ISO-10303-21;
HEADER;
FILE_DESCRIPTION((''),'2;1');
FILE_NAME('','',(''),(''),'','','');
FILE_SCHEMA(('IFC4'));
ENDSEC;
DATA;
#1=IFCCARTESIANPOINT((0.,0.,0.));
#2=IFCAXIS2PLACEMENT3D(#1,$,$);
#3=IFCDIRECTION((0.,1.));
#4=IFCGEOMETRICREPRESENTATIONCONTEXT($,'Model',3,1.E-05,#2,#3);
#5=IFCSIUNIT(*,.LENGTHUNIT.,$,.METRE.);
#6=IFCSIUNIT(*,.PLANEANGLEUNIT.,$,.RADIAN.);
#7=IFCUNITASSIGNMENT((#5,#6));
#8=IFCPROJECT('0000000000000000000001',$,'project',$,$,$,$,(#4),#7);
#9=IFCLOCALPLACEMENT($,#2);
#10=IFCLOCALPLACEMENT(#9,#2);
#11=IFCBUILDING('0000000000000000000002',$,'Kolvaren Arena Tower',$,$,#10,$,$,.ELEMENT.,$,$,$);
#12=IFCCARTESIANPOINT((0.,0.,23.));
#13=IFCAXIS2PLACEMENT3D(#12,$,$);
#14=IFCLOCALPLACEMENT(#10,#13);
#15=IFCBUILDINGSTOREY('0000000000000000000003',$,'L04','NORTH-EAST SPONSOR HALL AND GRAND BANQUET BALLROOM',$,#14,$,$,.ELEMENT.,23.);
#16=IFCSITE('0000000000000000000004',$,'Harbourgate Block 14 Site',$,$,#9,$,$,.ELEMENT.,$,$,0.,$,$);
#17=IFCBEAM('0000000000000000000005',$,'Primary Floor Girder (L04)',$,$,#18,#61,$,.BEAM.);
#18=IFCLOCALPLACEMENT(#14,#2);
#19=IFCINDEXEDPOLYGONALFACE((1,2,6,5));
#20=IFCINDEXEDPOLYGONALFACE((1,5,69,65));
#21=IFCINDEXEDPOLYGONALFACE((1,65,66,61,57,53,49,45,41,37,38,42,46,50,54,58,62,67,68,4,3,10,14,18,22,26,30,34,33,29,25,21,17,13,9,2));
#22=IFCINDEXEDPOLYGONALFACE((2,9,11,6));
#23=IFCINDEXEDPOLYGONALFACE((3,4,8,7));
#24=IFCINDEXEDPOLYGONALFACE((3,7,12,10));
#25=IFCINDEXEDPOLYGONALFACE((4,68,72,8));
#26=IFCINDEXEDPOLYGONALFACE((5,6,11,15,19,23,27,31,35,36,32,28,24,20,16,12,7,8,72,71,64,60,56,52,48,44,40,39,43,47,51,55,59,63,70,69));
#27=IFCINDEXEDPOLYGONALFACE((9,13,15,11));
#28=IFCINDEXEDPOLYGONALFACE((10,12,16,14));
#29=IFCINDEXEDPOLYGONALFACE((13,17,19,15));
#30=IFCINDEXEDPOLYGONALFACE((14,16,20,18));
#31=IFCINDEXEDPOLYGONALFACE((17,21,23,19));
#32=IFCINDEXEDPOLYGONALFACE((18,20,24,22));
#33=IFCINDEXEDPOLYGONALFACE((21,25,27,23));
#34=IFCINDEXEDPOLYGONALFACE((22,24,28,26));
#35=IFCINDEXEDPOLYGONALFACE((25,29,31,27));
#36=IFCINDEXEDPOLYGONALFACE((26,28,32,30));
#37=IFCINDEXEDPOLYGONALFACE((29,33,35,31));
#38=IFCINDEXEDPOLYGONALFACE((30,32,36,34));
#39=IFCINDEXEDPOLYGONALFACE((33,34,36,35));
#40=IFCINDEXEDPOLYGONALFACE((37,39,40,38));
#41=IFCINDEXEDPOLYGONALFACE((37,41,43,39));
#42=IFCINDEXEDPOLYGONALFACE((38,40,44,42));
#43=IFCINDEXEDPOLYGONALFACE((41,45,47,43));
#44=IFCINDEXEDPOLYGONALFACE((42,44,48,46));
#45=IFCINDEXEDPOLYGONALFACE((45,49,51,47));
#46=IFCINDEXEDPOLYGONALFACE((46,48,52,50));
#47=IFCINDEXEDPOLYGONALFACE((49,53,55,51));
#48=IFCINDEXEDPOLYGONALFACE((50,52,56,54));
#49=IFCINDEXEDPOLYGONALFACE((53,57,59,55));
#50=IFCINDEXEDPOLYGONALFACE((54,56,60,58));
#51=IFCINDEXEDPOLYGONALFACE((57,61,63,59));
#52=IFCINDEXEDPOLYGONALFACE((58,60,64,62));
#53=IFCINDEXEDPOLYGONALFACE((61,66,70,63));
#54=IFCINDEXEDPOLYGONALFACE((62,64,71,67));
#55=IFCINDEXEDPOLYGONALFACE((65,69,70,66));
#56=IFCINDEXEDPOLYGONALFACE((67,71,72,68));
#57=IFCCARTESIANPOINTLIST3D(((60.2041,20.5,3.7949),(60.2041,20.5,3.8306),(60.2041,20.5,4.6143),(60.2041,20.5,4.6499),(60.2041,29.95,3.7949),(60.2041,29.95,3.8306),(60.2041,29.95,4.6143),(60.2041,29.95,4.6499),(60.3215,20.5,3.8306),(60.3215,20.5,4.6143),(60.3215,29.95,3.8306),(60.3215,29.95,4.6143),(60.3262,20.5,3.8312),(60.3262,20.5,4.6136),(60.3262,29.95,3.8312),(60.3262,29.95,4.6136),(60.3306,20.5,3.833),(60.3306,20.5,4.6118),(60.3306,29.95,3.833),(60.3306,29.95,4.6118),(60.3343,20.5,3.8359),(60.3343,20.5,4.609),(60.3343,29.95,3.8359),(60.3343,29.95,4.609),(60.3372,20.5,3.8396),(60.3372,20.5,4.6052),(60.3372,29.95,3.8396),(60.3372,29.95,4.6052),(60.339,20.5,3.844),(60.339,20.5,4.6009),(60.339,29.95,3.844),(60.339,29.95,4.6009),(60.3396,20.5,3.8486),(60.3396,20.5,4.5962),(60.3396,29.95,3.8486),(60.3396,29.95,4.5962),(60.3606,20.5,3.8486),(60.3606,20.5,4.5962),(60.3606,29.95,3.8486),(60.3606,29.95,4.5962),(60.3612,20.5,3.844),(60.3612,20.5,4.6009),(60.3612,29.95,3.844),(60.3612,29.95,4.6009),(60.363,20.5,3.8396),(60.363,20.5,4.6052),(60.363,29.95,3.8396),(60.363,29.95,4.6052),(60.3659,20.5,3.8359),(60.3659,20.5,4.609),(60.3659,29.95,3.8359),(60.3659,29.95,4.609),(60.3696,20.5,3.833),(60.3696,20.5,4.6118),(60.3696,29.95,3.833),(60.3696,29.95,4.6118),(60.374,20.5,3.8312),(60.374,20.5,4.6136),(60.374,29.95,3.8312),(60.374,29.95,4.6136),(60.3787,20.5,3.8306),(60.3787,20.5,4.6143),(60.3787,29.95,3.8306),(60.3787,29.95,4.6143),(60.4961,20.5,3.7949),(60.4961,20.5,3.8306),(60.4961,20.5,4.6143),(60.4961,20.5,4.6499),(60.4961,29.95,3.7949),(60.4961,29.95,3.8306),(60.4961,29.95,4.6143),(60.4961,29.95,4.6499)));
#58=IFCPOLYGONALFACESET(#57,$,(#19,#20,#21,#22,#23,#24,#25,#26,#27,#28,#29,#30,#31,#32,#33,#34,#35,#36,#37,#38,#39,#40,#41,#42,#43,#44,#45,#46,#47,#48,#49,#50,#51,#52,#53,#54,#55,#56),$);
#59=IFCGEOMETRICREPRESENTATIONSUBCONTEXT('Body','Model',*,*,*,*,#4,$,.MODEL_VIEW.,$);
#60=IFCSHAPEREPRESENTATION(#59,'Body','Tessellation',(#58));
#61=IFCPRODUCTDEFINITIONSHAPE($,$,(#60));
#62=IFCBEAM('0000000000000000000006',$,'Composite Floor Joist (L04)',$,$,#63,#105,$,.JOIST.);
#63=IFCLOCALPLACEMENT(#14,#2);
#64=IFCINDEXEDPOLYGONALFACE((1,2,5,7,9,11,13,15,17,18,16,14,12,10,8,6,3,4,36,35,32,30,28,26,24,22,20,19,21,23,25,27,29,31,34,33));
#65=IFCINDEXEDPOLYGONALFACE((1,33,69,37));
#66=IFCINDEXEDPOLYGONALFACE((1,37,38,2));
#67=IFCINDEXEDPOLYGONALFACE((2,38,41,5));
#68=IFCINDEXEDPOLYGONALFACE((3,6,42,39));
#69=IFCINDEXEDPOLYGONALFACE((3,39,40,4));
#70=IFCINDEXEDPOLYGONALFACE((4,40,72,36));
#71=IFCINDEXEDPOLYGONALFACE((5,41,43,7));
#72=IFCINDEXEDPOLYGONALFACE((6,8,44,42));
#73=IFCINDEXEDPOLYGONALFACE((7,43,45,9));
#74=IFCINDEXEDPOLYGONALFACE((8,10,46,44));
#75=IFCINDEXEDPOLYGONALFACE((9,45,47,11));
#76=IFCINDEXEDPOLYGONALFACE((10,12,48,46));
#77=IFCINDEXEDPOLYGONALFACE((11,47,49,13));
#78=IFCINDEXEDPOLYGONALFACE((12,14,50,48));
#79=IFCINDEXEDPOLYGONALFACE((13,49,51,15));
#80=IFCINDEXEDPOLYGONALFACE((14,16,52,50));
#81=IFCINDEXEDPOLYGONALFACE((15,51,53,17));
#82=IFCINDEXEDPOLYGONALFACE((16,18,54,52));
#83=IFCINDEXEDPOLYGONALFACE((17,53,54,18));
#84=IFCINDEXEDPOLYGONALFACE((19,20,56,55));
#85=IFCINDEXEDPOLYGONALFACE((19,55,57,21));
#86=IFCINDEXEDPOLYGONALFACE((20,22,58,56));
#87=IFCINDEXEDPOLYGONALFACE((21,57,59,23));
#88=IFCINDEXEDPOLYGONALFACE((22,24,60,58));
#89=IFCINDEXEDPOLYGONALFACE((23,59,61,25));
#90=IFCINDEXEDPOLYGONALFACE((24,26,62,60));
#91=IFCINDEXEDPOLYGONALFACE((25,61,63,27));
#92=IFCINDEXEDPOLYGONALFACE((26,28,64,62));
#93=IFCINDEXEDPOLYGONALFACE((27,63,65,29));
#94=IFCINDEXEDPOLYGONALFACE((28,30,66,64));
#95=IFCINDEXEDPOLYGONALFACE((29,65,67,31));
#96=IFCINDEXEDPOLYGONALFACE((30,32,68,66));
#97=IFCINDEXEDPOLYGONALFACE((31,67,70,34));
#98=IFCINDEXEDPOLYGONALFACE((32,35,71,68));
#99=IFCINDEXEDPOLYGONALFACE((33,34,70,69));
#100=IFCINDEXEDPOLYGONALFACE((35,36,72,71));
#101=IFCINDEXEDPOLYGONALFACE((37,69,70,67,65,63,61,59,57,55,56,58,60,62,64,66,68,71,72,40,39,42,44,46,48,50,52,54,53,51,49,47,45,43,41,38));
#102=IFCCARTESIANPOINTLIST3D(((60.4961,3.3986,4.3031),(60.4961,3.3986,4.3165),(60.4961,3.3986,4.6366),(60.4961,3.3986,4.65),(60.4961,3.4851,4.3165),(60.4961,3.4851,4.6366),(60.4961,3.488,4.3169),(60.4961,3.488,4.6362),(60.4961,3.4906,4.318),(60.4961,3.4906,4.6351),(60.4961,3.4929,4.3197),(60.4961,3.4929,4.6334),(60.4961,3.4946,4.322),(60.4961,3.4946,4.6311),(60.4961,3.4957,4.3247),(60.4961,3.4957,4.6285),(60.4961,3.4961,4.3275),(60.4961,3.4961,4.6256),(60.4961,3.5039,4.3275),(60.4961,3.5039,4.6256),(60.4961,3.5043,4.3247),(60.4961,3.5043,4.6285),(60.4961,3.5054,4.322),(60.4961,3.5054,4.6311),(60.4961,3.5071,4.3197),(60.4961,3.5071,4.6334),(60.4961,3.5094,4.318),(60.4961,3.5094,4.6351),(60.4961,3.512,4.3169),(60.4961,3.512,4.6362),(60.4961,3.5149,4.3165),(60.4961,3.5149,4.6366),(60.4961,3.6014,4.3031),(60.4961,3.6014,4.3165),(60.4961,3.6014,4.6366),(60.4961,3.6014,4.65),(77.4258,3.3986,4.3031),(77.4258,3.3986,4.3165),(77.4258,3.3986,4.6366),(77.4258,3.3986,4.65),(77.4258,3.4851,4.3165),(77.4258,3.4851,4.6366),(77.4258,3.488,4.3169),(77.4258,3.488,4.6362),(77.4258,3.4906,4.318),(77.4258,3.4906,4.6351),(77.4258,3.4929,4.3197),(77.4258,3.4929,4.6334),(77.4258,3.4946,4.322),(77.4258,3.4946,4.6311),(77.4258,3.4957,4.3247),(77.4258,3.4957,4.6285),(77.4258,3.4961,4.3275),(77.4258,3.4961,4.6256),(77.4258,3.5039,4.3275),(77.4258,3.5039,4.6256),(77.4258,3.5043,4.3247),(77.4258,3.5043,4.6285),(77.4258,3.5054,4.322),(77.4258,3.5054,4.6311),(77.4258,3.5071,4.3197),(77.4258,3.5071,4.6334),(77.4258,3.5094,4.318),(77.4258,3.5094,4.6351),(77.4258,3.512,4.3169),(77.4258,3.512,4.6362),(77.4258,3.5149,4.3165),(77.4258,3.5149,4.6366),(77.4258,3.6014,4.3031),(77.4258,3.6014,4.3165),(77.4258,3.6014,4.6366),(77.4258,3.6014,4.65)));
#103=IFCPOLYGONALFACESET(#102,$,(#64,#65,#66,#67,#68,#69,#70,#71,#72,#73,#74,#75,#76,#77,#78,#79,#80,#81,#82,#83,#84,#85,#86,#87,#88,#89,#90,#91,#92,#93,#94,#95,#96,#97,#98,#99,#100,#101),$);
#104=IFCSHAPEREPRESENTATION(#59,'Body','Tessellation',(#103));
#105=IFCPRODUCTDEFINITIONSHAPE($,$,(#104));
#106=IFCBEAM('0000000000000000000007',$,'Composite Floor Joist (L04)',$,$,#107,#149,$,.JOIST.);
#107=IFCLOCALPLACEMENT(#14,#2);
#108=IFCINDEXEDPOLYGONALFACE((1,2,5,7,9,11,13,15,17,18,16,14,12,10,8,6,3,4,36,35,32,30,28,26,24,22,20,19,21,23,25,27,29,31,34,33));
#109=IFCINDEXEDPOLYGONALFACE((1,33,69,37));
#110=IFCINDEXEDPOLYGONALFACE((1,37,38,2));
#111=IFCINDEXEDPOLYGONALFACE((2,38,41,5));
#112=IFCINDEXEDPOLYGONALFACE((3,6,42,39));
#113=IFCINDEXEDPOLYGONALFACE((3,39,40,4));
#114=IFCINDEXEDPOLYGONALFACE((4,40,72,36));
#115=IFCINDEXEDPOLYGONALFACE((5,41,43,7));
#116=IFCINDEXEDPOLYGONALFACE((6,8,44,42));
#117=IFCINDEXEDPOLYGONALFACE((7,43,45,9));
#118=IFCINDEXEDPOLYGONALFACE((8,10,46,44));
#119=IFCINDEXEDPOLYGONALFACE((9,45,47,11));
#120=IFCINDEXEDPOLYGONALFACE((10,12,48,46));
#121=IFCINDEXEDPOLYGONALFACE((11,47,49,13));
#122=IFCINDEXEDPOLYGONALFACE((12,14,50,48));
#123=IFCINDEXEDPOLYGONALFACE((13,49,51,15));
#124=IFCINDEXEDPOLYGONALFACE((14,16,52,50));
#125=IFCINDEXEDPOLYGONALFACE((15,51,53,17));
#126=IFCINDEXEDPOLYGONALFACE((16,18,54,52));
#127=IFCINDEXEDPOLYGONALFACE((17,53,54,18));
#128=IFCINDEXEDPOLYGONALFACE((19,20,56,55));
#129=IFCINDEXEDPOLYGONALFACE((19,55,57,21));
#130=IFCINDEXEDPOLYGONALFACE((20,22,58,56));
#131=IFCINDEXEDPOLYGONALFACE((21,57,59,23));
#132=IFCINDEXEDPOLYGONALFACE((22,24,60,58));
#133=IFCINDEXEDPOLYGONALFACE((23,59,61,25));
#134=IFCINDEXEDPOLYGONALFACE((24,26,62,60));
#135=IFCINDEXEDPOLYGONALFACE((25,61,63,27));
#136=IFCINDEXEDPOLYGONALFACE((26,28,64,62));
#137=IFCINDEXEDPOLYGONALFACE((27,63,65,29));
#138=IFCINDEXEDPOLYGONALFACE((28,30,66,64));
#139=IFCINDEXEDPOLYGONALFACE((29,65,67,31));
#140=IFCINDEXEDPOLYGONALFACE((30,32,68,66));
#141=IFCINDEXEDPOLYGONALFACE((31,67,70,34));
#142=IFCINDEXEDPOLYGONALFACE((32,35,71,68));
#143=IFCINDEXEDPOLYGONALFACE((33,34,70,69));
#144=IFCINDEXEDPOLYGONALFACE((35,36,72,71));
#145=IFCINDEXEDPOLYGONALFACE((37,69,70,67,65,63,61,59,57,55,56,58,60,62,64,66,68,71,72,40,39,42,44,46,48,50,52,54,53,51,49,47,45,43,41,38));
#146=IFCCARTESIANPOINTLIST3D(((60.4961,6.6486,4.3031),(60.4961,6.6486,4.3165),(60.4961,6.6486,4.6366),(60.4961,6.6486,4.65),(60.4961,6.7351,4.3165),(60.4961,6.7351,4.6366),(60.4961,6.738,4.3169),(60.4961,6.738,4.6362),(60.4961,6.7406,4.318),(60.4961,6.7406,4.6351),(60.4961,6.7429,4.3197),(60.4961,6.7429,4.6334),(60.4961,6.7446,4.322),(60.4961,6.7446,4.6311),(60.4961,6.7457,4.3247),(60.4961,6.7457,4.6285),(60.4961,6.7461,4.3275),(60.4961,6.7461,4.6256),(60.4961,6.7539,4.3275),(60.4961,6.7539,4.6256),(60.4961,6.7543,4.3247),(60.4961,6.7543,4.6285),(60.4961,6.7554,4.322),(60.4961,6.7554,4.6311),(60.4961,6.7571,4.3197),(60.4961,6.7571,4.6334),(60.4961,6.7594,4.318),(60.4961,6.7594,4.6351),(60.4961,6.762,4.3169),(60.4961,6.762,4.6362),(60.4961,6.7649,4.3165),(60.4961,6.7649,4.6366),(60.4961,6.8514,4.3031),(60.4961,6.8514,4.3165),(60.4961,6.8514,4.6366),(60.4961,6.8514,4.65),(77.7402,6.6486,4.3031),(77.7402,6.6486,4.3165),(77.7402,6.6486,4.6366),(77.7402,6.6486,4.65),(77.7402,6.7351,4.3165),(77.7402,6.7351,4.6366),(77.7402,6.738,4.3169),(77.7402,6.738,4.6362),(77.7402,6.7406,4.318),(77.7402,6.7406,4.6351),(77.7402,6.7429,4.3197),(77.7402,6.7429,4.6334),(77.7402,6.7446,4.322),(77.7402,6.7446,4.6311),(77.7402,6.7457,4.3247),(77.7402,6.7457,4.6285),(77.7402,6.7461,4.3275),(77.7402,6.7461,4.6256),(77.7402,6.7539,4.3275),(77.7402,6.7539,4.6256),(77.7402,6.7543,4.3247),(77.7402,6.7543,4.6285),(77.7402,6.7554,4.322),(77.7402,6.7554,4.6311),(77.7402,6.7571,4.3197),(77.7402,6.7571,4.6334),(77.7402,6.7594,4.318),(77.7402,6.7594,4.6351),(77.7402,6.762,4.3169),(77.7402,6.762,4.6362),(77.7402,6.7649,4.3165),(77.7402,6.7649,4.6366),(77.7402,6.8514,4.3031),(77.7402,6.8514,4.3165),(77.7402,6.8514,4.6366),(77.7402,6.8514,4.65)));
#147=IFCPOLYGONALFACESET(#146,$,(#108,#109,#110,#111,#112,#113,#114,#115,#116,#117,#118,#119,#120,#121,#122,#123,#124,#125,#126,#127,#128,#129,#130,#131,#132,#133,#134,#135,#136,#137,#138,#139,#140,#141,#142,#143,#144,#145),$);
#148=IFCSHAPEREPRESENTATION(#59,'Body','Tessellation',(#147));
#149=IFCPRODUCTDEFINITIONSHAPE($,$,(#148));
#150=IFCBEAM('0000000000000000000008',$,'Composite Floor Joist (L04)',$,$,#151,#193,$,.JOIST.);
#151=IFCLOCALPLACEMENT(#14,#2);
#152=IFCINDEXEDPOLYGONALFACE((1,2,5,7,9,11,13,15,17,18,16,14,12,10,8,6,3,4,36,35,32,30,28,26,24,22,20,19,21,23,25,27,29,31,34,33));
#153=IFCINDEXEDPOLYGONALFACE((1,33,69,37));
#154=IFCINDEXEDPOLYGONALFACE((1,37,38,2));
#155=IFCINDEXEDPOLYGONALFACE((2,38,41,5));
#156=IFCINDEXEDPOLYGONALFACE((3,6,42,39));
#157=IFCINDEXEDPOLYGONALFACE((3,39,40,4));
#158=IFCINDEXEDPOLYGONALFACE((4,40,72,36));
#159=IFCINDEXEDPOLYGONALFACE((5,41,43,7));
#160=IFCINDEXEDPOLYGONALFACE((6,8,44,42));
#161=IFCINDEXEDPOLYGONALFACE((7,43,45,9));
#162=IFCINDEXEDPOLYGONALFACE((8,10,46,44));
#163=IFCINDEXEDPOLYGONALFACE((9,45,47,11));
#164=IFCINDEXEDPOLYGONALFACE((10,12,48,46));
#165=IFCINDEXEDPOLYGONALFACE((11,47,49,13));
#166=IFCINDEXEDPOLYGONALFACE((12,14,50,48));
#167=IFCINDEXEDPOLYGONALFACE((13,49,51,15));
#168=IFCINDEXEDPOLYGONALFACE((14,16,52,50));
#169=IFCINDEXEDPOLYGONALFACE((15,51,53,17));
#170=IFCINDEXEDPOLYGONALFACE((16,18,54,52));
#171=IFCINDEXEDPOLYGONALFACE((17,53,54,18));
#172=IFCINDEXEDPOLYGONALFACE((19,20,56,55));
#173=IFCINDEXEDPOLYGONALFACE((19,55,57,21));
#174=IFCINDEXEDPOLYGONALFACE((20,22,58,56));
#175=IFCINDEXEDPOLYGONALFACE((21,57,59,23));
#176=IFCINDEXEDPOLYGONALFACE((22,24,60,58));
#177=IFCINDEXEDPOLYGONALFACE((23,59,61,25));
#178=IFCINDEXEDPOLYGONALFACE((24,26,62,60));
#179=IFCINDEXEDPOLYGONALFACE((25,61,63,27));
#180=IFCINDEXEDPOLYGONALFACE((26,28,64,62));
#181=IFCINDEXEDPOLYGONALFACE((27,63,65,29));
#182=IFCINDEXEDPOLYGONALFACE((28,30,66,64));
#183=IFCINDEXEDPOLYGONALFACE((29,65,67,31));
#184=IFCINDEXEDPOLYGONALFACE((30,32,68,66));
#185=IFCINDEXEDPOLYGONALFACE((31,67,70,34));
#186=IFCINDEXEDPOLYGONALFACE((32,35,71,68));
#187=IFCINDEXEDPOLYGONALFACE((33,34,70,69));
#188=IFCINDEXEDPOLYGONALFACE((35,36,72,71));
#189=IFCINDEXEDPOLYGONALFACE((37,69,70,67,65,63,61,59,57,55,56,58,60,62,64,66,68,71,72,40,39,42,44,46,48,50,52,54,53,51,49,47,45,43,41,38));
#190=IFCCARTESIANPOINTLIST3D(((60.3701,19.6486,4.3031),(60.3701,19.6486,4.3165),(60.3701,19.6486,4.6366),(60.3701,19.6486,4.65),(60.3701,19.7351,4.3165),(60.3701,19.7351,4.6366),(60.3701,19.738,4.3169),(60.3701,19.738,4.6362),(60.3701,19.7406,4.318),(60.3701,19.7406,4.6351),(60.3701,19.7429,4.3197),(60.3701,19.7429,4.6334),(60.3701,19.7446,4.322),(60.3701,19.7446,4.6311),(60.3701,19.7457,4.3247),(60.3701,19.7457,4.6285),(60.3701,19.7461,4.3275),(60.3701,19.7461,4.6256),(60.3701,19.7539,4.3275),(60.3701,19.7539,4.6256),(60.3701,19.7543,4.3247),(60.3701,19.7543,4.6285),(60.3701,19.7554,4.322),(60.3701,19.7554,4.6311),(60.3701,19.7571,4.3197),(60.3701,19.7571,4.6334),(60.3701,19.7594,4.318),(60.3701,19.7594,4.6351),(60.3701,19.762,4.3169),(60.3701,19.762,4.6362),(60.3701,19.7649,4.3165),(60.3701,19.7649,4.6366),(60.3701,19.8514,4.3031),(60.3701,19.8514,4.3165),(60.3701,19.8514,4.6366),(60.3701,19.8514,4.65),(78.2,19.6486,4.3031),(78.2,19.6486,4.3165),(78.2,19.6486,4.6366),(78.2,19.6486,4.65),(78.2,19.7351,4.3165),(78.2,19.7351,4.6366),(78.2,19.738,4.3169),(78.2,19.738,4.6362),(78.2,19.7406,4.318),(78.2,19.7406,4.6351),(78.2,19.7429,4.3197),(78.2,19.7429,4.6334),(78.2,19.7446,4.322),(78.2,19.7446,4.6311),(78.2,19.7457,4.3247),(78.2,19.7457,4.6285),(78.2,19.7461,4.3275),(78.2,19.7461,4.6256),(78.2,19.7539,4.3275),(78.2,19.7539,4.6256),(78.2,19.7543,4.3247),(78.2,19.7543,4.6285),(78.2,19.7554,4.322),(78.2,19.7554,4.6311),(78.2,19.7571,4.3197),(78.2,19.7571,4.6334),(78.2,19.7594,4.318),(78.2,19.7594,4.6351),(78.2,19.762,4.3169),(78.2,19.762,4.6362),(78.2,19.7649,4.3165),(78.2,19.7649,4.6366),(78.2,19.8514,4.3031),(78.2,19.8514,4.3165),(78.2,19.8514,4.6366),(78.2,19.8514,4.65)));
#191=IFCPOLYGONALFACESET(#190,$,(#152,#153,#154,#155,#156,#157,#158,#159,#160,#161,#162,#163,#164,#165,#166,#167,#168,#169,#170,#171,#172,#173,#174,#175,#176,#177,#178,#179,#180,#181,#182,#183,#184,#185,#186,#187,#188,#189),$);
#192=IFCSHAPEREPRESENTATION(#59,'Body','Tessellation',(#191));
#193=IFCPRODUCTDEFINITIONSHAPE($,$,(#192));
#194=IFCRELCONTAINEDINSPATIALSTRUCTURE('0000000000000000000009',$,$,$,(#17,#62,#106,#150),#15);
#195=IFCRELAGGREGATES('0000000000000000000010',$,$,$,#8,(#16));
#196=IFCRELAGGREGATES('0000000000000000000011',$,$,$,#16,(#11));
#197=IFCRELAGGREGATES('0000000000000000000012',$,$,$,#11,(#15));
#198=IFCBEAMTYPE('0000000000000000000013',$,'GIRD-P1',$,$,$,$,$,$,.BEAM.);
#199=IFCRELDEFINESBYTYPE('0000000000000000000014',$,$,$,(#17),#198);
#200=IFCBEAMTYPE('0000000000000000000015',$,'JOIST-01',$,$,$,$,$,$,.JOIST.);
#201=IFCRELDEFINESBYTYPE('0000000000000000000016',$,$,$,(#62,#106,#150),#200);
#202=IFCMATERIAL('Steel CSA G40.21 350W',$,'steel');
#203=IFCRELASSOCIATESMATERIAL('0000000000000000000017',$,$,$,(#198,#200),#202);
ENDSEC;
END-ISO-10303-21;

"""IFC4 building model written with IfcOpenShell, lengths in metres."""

from ifc_helpers import new_model, si_unit, direction, frame, origin, origin_2d, place, context, subcontext, project, spatial, i_section, extrude, material, material_profile, profile_set, type_object, element, save


model = new_model("IFC4")

# Units and contexts
model_context = context("Model", 3, precision=1e-05, world=origin(), true_north=direction((0.0, 1.0)))
body_context = subcontext(model_context, "Body", "Model", "MODEL_VIEW")
ifc_project = project(units=[si_unit("LENGTHUNIT", "METRE"), si_unit("PLANEANGLEUNIT", "RADIAN")], contexts=[model_context])

# Site, building, storey
site_placement = place(None, origin())
site = spatial("IfcSite", under=ifc_project, at=site_placement, Name="Harbourgate Block 14 Site", CompositionType="ELEMENT", RefElevation=0.0)
building_placement = place(site_placement, origin())
building = spatial("IfcBuilding", under=site, at=building_placement, Name="Kolvaren Arena Tower", CompositionType="ELEMENT")
storey_placement = place(building_placement, frame((0.0, 0.0, 23.0)))
storey = spatial("IfcBuildingStorey", under=building, at=storey_placement, Name="L04", Description="NORTH-EAST SPONSOR HALL AND GRAND BANQUET BALLROOM", CompositionType="ELEMENT", Elevation=23.0)

# Beams
ifc_material_1 = material(Name="Steel CSA G40.21 350W", Category="steel")
ifc_material_profile_1 = material_profile(ifc_material_1, i_section(OverallWidth=0.292, OverallDepth=0.855, WebThickness=0.021, FlangeThickness=0.0356, FilletRadius=0.0181, at=origin_2d()), Name="W840x299")
ifc_profile_set_1 = profile_set([ifc_material_profile_1], Name="Steel CSA G40.21 350W")
beam_type_1 = type_object("IfcBeamType", Name="GIRD-P1", PredefinedType="BEAM", material=ifc_profile_set_1)
beam_1_placement = place(storey_placement, frame((60.3501, 20.5, 4.2224), z_axis=(0.0, 1.0, 0.0), x_axis=(-1.0, 0.0, 0.0)))
element("IfcBeam", 1, at=beam_1_placement, inside=storey, type_object=beam_type_1, Name="Primary Floor Girder (L04)", PredefinedType="BEAM", context=body_context, shape_type="SweptSolid", body=[
    extrude(i_section(OverallWidth=0.292, OverallDepth=0.855, WebThickness=0.021, FlangeThickness=0.0356, FilletRadius=0.0181, at=origin_2d()), origin(), (0.0, 0.0, 1.0), 9.45),
])
ifc_material_profile_2 = material_profile(ifc_material_1, i_section(OverallWidth=0.2029, OverallDepth=0.3469, WebThickness=0.0078, FlangeThickness=0.0134, FilletRadius=0.011, at=origin_2d()), Name="W360x64")
ifc_profile_set_2 = profile_set([ifc_material_profile_2], Name="Steel CSA G40.21 350W")
beam_type_2 = type_object("IfcBeamType", Name="JOIST-01", PredefinedType="JOIST", material=ifc_profile_set_2)
beam_2_placement = place(storey_placement, frame((60.4961, 3.5, 4.4766), z_axis=(1.0, 0.0, 0.0), x_axis=(0.0, 1.0, 0.0)))
element("IfcBeam", 2, at=beam_2_placement, inside=storey, type_object=beam_type_2, Name="Composite Floor Joist (L04)", PredefinedType="JOIST", context=body_context, shape_type="SweptSolid", body=[
    extrude(i_section(OverallWidth=0.2029, OverallDepth=0.3469, WebThickness=0.0078, FlangeThickness=0.0134, FilletRadius=0.011, at=origin_2d()), origin(), (0.0, 0.0, 1.0), 16.9297),
])
beam_3_placement = place(storey_placement, frame((60.4961, 6.75, 4.4766), z_axis=(1.0, 0.0, 0.0), x_axis=(0.0, 1.0, 0.0)))
element("IfcBeam", 3, at=beam_3_placement, inside=storey, type_object=beam_type_2, Name="Composite Floor Joist (L04)", PredefinedType="JOIST", context=body_context, shape_type="SweptSolid", body=[
    extrude(i_section(OverallWidth=0.2029, OverallDepth=0.3469, WebThickness=0.0078, FlangeThickness=0.0134, FilletRadius=0.011, at=origin_2d()), origin(), (0.0, 0.0, 1.0), 17.2441),
])
for number, where, z_axis, x_axis, name in (
    (4, (60.3701, 19.75, 4.4766), (1.0, 0.0, 0.0), (0.0, 1.0, 0.0), "Composite Floor Joist (L04)"),
):
    element("IfcBeam", number, at=place(storey_placement, frame(where, z_axis=z_axis, x_axis=x_axis)), inside=storey, type_object=beam_type_2, Name=name, PredefinedType="JOIST", context=body_context, shape_type="SweptSolid", body=[
        extrude(i_section(OverallWidth=0.2029, OverallDepth=0.3469, WebThickness=0.0078, FlangeThickness=0.0134, FilletRadius=0.011, at=origin_2d()), origin(), (0.0, 0.0, 1.0), 17.8298),
    ])

save(model, "model.ifc")
